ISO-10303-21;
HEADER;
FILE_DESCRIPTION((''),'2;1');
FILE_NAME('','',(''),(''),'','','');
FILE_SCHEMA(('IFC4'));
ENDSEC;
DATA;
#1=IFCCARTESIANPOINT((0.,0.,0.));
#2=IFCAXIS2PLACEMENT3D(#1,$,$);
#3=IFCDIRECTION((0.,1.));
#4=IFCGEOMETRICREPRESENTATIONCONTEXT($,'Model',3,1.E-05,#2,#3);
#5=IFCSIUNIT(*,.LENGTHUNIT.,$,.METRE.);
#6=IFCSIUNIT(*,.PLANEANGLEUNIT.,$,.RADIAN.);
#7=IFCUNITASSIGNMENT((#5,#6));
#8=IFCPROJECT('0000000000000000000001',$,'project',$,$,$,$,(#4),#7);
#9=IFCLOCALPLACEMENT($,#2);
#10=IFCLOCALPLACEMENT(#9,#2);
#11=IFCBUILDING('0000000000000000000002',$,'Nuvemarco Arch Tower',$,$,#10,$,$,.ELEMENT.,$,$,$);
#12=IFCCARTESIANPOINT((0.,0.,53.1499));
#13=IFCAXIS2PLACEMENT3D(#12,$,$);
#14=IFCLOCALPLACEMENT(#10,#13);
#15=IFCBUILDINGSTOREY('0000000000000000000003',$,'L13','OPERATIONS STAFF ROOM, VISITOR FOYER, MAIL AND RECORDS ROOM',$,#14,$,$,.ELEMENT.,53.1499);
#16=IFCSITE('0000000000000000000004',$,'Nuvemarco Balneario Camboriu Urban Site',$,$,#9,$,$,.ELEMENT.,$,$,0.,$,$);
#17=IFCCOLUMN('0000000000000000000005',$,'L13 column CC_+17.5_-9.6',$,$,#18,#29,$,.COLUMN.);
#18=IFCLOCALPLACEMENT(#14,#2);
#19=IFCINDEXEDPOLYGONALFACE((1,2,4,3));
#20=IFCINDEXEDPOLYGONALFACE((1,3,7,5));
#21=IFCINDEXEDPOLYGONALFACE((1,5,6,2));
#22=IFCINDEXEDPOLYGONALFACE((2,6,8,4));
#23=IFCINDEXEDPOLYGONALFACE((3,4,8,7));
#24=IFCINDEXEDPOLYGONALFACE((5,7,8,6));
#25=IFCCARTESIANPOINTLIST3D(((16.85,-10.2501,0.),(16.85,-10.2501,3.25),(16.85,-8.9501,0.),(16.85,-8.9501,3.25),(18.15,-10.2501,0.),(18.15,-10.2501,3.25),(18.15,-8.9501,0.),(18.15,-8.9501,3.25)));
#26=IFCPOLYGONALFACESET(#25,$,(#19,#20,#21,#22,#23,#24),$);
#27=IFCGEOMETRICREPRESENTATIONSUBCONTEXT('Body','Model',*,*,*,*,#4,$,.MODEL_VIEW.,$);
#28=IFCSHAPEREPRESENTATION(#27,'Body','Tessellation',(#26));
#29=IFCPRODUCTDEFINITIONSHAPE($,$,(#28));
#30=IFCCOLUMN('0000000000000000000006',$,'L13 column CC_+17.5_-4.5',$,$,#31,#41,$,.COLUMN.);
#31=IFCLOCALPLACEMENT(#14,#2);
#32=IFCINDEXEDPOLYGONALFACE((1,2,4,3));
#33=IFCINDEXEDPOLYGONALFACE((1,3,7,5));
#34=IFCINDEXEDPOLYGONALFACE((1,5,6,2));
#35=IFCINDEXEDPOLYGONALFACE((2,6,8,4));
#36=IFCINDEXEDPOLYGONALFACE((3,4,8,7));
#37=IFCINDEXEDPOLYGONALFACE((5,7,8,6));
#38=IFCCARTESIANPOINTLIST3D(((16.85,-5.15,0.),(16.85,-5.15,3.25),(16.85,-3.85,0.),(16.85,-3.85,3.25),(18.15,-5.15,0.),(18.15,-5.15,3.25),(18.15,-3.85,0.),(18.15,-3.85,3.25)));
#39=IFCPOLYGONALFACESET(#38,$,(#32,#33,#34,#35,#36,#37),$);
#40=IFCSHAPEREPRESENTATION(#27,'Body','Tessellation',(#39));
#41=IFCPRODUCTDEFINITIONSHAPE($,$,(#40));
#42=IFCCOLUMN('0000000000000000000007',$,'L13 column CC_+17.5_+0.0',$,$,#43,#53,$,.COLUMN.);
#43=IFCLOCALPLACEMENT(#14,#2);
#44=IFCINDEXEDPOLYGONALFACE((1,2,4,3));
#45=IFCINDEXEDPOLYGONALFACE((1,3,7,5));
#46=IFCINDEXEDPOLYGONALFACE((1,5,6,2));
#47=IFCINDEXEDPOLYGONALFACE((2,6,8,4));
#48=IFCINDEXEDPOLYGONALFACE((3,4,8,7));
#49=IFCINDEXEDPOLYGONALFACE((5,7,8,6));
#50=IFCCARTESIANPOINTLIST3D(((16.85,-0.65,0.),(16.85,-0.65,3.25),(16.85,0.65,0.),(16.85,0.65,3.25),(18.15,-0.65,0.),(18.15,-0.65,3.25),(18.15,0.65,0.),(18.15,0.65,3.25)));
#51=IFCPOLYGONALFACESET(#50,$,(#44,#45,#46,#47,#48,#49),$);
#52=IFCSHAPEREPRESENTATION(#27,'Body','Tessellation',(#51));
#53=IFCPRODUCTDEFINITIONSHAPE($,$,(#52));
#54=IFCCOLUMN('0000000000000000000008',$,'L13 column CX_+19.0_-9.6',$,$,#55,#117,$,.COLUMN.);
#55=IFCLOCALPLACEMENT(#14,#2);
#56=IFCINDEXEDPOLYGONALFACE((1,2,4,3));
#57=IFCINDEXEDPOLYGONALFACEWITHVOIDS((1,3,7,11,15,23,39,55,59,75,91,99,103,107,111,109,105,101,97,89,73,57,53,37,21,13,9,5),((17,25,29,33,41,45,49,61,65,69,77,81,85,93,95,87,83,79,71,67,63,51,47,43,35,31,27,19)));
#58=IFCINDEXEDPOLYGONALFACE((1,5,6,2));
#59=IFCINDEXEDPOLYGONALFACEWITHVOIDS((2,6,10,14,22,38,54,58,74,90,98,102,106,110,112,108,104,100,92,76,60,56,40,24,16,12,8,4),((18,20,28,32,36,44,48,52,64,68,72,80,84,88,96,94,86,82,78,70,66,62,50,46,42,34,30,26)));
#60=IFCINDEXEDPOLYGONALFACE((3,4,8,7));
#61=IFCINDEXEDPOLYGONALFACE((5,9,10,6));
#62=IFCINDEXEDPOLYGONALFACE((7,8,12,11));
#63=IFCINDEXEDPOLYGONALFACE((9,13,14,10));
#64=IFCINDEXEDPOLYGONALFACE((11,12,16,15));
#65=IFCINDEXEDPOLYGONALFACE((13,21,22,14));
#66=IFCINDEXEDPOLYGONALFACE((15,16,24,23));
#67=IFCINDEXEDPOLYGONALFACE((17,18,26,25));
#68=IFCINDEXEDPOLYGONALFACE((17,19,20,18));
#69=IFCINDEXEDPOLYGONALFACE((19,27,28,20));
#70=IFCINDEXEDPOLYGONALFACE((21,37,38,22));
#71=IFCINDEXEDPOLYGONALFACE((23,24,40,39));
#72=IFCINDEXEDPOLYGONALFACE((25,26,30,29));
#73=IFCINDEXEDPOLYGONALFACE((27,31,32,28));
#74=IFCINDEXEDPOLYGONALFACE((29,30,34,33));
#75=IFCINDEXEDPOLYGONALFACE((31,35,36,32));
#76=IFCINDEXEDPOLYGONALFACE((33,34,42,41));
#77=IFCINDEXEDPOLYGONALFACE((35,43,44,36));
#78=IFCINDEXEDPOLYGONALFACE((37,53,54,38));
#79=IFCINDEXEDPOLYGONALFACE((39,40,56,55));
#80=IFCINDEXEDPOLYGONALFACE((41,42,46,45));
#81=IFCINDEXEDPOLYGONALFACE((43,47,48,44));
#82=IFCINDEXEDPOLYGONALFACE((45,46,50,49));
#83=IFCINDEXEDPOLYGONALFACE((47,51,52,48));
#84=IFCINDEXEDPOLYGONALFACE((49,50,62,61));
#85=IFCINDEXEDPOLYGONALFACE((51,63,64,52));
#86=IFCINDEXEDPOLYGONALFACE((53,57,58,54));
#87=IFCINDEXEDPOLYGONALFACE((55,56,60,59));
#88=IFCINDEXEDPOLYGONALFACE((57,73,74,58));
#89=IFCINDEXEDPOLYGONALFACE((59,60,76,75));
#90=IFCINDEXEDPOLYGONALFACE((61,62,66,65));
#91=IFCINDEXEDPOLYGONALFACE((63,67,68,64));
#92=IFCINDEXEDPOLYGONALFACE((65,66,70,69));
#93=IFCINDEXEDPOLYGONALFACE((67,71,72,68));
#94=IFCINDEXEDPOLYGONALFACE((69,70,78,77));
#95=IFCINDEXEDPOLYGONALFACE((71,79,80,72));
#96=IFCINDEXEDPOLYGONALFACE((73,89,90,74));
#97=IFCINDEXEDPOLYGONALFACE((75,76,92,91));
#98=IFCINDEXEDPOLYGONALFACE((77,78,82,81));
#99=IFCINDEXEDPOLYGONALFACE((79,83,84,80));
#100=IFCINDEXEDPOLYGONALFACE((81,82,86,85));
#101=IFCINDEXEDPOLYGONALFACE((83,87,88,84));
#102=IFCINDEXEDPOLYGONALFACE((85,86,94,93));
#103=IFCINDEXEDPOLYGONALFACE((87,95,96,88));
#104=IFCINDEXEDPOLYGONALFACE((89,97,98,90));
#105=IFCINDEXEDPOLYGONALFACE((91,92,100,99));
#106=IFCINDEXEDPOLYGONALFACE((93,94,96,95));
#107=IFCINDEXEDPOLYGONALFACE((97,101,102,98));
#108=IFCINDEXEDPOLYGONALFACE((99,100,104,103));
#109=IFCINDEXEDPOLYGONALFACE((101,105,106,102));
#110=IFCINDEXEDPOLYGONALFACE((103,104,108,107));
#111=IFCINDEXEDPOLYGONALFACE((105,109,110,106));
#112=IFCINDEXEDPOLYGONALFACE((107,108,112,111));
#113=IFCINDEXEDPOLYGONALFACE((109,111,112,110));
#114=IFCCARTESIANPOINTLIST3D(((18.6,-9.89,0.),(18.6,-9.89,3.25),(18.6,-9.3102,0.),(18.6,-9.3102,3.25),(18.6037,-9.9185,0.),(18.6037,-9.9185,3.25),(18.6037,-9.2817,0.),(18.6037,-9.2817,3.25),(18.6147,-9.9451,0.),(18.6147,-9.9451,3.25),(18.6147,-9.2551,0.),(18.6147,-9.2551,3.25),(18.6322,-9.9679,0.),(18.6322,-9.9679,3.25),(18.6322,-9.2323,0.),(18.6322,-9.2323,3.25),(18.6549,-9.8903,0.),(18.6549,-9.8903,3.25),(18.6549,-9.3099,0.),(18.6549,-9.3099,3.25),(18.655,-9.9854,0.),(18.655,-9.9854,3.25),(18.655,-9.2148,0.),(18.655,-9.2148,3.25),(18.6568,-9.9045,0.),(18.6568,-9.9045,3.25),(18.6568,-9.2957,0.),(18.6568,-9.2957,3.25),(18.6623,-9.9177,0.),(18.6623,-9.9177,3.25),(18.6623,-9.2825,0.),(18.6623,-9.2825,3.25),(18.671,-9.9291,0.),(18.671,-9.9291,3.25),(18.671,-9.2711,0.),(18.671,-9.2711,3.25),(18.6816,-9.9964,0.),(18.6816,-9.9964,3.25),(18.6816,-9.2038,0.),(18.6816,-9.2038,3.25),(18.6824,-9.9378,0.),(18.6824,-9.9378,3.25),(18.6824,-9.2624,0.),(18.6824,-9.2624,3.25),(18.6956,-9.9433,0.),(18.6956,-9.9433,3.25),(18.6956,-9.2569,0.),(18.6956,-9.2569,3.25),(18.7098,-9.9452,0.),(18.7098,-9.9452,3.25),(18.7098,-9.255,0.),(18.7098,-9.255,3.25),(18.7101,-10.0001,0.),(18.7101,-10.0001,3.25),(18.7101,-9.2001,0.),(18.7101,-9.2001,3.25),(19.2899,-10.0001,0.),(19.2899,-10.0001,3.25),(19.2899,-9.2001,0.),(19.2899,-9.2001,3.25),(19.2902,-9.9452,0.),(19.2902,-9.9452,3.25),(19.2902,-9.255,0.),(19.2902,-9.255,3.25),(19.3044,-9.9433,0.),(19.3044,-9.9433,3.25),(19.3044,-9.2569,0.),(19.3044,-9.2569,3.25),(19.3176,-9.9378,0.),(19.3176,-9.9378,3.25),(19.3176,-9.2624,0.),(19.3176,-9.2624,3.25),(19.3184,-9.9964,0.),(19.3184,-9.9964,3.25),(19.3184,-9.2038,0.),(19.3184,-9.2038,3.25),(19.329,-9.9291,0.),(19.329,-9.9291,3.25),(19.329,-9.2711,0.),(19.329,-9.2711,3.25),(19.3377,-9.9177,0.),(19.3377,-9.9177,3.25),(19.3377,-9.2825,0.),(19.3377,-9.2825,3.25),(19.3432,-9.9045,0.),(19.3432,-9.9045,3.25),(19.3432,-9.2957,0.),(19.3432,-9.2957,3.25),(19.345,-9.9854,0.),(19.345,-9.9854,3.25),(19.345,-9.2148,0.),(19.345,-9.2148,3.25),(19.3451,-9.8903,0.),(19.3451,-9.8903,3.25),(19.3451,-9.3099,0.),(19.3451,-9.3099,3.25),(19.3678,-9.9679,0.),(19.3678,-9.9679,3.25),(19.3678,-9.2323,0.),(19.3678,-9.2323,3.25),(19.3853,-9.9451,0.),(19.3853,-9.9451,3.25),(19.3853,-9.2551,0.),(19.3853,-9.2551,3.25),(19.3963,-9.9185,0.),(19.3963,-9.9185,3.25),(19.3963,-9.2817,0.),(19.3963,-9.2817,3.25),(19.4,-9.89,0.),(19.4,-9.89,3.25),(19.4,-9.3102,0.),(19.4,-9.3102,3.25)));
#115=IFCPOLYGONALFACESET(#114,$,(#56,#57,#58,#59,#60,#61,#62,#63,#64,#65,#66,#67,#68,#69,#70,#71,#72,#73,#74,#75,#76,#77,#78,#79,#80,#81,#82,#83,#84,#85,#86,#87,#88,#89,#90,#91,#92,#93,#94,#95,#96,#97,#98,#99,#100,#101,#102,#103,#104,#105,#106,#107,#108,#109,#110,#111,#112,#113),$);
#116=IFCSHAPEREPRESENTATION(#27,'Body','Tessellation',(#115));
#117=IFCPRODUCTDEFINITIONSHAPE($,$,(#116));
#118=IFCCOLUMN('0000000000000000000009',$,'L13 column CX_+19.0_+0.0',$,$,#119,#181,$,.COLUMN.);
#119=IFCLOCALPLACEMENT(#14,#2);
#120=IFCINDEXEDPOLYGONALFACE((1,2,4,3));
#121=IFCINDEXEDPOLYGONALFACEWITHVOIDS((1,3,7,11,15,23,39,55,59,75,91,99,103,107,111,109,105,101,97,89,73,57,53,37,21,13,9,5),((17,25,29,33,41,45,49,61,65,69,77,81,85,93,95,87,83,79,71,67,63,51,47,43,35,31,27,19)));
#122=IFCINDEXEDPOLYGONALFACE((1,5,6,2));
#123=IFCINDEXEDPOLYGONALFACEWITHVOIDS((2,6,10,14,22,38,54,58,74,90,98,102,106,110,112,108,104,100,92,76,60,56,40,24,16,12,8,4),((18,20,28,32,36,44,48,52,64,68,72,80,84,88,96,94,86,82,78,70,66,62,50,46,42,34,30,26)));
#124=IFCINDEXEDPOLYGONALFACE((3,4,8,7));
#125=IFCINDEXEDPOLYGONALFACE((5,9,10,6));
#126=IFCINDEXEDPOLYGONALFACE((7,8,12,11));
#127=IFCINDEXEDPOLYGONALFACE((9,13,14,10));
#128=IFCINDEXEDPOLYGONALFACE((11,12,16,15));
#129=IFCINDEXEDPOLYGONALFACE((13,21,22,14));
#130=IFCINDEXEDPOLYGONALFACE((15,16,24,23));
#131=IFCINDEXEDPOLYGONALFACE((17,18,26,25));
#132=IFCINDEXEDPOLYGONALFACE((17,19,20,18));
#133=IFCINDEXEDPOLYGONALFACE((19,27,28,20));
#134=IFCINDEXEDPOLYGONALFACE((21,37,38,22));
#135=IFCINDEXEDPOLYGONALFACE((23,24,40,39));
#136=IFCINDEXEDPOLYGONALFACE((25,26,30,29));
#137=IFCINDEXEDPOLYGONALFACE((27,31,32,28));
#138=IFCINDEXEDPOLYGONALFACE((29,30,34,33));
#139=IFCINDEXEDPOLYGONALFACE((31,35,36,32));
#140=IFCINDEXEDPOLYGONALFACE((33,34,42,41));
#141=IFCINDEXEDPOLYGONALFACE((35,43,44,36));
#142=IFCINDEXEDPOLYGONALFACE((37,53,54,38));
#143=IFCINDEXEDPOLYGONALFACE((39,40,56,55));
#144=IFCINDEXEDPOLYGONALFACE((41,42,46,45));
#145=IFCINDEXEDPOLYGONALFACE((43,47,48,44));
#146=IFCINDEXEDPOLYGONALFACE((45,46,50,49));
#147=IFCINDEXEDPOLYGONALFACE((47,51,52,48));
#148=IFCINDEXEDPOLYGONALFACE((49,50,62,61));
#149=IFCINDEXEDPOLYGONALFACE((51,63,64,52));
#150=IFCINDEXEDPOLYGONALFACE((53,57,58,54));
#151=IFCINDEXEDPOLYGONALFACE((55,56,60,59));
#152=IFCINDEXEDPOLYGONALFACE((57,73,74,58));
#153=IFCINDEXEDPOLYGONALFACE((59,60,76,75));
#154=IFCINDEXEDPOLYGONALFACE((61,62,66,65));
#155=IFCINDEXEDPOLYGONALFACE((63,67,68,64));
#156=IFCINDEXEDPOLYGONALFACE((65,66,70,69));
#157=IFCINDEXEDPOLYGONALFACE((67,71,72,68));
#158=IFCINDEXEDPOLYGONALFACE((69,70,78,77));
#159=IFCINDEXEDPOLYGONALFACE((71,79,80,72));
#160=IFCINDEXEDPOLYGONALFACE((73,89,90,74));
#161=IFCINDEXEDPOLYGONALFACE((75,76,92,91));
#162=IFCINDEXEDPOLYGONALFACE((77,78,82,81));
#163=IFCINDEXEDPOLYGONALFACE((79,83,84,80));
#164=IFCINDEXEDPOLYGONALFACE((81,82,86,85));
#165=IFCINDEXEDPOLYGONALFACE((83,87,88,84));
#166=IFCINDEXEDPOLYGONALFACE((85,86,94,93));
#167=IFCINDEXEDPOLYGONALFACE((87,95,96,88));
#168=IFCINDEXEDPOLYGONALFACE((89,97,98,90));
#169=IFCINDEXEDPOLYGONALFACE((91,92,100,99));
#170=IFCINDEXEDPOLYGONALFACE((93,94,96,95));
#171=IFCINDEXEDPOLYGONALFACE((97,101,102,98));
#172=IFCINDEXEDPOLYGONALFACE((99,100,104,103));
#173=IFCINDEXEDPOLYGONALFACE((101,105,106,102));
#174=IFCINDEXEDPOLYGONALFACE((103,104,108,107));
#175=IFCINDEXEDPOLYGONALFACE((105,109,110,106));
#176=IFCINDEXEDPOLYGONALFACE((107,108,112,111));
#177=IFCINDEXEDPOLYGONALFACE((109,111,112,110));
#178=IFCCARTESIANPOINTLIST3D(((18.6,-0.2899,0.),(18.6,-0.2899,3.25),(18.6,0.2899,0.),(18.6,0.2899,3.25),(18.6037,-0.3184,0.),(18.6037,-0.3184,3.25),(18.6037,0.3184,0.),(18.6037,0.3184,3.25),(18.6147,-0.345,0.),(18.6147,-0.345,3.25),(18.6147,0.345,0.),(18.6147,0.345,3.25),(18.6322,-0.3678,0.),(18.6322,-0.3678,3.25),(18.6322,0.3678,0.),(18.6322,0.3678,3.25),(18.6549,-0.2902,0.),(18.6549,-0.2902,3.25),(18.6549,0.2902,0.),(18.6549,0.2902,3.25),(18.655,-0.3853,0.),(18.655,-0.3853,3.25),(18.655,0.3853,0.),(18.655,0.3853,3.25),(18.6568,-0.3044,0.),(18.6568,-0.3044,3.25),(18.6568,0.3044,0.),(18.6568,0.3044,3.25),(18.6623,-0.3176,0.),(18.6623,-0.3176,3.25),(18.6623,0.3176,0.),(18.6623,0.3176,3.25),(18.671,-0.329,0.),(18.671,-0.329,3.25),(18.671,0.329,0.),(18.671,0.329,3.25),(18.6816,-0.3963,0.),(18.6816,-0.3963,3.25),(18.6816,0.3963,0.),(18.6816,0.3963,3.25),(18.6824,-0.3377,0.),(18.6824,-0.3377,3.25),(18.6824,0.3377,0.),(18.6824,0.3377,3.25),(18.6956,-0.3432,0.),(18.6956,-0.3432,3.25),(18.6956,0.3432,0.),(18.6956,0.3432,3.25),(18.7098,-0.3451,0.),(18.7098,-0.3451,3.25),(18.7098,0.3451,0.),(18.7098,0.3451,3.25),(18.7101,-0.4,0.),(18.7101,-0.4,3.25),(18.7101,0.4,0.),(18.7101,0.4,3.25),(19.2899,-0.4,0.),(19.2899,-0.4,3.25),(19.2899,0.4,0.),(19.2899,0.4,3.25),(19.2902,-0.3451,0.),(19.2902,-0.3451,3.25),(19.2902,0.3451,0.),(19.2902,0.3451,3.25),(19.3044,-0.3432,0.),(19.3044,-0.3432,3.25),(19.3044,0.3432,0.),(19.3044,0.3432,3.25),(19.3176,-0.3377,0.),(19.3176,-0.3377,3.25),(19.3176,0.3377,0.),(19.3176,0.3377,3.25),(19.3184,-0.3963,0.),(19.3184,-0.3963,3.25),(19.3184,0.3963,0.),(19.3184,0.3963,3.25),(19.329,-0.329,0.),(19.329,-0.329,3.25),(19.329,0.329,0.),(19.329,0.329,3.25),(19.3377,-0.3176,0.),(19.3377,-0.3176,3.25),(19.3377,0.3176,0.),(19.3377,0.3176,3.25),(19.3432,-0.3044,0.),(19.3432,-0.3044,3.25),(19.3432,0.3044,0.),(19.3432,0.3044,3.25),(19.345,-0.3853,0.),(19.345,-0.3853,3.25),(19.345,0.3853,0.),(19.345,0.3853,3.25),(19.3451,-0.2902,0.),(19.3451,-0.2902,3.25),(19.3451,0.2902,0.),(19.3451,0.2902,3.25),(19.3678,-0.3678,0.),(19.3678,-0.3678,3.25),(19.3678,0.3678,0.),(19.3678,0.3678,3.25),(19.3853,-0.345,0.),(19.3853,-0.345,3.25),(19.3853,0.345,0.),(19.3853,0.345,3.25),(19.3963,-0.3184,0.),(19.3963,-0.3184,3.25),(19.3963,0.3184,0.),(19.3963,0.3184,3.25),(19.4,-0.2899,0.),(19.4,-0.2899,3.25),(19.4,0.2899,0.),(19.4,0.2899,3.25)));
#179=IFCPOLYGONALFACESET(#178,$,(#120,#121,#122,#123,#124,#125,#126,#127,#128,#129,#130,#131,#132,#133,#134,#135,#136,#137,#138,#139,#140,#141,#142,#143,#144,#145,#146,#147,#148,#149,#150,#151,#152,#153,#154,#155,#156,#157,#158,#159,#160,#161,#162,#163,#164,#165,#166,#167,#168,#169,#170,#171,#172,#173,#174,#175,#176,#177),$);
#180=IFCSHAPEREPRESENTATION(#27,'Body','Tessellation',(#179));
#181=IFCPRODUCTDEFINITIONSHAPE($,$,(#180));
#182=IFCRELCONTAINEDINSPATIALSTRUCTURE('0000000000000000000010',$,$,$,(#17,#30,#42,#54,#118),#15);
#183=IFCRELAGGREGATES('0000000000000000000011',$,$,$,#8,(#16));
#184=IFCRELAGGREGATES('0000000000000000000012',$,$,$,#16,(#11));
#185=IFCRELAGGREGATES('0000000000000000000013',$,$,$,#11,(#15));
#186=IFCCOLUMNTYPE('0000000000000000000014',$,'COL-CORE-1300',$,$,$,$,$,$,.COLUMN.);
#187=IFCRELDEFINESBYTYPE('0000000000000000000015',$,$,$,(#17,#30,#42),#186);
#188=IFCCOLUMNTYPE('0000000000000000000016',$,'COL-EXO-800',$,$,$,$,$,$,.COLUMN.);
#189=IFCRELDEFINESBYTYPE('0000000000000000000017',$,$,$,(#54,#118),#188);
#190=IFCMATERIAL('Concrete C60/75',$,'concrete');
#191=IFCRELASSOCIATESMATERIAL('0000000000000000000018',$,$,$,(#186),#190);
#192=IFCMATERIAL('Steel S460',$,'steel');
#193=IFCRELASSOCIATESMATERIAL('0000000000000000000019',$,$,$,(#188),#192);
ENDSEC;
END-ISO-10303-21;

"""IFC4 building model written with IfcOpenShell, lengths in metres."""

from ifc_helpers import new_model, si_unit, direction, frame, origin, origin_2d, place, context, subcontext, project, spatial, rectangle, hollow_rectangle, extrude, material, material_profile, profile_set, type_object, element, save


model = new_model("IFC4")

# Units and contexts
model_context = context("Model", 3, precision=1e-05, world=origin(), true_north=direction((0.0, 1.0)))
body_context = subcontext(model_context, "Body", "Model", "MODEL_VIEW")
ifc_project = project(units=[si_unit("LENGTHUNIT", "METRE"), si_unit("PLANEANGLEUNIT", "RADIAN")], contexts=[model_context])

# Site, building, storey
site_placement = place(None, origin())
site = spatial("IfcSite", under=ifc_project, at=site_placement, Name="Nuvemarco Balneario Camboriu Urban Site", CompositionType="ELEMENT", RefElevation=0.0)
building_placement = place(site_placement, origin())
building = spatial("IfcBuilding", under=site, at=building_placement, Name="Nuvemarco Arch Tower", CompositionType="ELEMENT")
storey_placement = place(building_placement, frame((0.0, 0.0, 53.1499)))
storey = spatial("IfcBuildingStorey", under=building, at=storey_placement, Name="L13", Description="OPERATIONS STAFF ROOM, VISITOR FOYER, MAIL AND RECORDS ROOM", CompositionType="ELEMENT", Elevation=53.1499)

# Columns
ifc_material_1 = material(Name="Concrete C60/75", Category="concrete")
ifc_material_profile_1 = material_profile(ifc_material_1, rectangle(XDim=1.3, YDim=1.3, at=origin_2d()), Name="RC-COL-1300x1300")
ifc_profile_set_1 = profile_set([ifc_material_profile_1], Name="Concrete C60/75")
column_type_1 = type_object("IfcColumnType", Name="COL-CORE-1300", PredefinedType="COLUMN", material=ifc_profile_set_1)
for number, where, z_axis, x_axis, name in (
    (1, (17.5, -9.6001, 0.0), (0.0, 0.0, 1.0), (1.0, 0.0, 0.0), "L13 column CC_+17.5_-9.6"),
    (2, (17.5, -4.5, 0.0), (0.0, 0.0, 1.0), (1.0, 0.0, 0.0), "L13 column CC_+17.5_-4.5"),
    (3, (17.5, 0.0, 0.0), (0.0, 0.0, 1.0), (1.0, 0.0, 0.0), "L13 column CC_+17.5_+0.0"),
):
    element("IfcColumn", number, at=place(storey_placement, frame(where, z_axis=z_axis, x_axis=x_axis)), inside=storey, type_object=column_type_1, Name=name, PredefinedType="COLUMN", context=body_context, shape_type="SweptSolid", body=[
        extrude(rectangle(XDim=1.3, YDim=1.3, at=origin_2d()), origin(), (0.0, 0.0, 1.0), 3.25),
    ])
ifc_material_2 = material(Name="Steel S460", Category="steel")
ifc_material_profile_2 = material_profile(ifc_material_2, hollow_rectangle(XDim=0.8, YDim=0.8, WallThickness=0.0549, InnerFilletRadius=0.0549, OuterFilletRadius=0.1101, at=origin_2d()), Name="SHS800x800x55")
ifc_profile_set_2 = profile_set([ifc_material_profile_2], Name="Steel S460")
column_type_2 = type_object("IfcColumnType", Name="COL-EXO-800", PredefinedType="COLUMN", material=ifc_profile_set_2)
for number, where, z_axis, x_axis, name in (
    (4, (19.0, -9.6001, 0.0), (0.0, 0.0, 1.0), (1.0, 0.0, 0.0), "L13 column CX_+19.0_-9.6"),
    (5, (19.0, 0.0, 0.0), (0.0, 0.0, 1.0), (1.0, 0.0, 0.0), "L13 column CX_+19.0_+0.0"),
):
    element("IfcColumn", number, at=place(storey_placement, frame(where, z_axis=z_axis, x_axis=x_axis)), inside=storey, type_object=column_type_2, Name=name, PredefinedType="COLUMN", context=body_context, shape_type="SweptSolid", body=[
        extrude(hollow_rectangle(XDim=0.8, YDim=0.8, WallThickness=0.0549, InnerFilletRadius=0.0549, OuterFilletRadius=0.1101, at=origin_2d()), origin(), (0.0, 0.0, 1.0), 3.25),
    ])

save(model, "model.ifc")
